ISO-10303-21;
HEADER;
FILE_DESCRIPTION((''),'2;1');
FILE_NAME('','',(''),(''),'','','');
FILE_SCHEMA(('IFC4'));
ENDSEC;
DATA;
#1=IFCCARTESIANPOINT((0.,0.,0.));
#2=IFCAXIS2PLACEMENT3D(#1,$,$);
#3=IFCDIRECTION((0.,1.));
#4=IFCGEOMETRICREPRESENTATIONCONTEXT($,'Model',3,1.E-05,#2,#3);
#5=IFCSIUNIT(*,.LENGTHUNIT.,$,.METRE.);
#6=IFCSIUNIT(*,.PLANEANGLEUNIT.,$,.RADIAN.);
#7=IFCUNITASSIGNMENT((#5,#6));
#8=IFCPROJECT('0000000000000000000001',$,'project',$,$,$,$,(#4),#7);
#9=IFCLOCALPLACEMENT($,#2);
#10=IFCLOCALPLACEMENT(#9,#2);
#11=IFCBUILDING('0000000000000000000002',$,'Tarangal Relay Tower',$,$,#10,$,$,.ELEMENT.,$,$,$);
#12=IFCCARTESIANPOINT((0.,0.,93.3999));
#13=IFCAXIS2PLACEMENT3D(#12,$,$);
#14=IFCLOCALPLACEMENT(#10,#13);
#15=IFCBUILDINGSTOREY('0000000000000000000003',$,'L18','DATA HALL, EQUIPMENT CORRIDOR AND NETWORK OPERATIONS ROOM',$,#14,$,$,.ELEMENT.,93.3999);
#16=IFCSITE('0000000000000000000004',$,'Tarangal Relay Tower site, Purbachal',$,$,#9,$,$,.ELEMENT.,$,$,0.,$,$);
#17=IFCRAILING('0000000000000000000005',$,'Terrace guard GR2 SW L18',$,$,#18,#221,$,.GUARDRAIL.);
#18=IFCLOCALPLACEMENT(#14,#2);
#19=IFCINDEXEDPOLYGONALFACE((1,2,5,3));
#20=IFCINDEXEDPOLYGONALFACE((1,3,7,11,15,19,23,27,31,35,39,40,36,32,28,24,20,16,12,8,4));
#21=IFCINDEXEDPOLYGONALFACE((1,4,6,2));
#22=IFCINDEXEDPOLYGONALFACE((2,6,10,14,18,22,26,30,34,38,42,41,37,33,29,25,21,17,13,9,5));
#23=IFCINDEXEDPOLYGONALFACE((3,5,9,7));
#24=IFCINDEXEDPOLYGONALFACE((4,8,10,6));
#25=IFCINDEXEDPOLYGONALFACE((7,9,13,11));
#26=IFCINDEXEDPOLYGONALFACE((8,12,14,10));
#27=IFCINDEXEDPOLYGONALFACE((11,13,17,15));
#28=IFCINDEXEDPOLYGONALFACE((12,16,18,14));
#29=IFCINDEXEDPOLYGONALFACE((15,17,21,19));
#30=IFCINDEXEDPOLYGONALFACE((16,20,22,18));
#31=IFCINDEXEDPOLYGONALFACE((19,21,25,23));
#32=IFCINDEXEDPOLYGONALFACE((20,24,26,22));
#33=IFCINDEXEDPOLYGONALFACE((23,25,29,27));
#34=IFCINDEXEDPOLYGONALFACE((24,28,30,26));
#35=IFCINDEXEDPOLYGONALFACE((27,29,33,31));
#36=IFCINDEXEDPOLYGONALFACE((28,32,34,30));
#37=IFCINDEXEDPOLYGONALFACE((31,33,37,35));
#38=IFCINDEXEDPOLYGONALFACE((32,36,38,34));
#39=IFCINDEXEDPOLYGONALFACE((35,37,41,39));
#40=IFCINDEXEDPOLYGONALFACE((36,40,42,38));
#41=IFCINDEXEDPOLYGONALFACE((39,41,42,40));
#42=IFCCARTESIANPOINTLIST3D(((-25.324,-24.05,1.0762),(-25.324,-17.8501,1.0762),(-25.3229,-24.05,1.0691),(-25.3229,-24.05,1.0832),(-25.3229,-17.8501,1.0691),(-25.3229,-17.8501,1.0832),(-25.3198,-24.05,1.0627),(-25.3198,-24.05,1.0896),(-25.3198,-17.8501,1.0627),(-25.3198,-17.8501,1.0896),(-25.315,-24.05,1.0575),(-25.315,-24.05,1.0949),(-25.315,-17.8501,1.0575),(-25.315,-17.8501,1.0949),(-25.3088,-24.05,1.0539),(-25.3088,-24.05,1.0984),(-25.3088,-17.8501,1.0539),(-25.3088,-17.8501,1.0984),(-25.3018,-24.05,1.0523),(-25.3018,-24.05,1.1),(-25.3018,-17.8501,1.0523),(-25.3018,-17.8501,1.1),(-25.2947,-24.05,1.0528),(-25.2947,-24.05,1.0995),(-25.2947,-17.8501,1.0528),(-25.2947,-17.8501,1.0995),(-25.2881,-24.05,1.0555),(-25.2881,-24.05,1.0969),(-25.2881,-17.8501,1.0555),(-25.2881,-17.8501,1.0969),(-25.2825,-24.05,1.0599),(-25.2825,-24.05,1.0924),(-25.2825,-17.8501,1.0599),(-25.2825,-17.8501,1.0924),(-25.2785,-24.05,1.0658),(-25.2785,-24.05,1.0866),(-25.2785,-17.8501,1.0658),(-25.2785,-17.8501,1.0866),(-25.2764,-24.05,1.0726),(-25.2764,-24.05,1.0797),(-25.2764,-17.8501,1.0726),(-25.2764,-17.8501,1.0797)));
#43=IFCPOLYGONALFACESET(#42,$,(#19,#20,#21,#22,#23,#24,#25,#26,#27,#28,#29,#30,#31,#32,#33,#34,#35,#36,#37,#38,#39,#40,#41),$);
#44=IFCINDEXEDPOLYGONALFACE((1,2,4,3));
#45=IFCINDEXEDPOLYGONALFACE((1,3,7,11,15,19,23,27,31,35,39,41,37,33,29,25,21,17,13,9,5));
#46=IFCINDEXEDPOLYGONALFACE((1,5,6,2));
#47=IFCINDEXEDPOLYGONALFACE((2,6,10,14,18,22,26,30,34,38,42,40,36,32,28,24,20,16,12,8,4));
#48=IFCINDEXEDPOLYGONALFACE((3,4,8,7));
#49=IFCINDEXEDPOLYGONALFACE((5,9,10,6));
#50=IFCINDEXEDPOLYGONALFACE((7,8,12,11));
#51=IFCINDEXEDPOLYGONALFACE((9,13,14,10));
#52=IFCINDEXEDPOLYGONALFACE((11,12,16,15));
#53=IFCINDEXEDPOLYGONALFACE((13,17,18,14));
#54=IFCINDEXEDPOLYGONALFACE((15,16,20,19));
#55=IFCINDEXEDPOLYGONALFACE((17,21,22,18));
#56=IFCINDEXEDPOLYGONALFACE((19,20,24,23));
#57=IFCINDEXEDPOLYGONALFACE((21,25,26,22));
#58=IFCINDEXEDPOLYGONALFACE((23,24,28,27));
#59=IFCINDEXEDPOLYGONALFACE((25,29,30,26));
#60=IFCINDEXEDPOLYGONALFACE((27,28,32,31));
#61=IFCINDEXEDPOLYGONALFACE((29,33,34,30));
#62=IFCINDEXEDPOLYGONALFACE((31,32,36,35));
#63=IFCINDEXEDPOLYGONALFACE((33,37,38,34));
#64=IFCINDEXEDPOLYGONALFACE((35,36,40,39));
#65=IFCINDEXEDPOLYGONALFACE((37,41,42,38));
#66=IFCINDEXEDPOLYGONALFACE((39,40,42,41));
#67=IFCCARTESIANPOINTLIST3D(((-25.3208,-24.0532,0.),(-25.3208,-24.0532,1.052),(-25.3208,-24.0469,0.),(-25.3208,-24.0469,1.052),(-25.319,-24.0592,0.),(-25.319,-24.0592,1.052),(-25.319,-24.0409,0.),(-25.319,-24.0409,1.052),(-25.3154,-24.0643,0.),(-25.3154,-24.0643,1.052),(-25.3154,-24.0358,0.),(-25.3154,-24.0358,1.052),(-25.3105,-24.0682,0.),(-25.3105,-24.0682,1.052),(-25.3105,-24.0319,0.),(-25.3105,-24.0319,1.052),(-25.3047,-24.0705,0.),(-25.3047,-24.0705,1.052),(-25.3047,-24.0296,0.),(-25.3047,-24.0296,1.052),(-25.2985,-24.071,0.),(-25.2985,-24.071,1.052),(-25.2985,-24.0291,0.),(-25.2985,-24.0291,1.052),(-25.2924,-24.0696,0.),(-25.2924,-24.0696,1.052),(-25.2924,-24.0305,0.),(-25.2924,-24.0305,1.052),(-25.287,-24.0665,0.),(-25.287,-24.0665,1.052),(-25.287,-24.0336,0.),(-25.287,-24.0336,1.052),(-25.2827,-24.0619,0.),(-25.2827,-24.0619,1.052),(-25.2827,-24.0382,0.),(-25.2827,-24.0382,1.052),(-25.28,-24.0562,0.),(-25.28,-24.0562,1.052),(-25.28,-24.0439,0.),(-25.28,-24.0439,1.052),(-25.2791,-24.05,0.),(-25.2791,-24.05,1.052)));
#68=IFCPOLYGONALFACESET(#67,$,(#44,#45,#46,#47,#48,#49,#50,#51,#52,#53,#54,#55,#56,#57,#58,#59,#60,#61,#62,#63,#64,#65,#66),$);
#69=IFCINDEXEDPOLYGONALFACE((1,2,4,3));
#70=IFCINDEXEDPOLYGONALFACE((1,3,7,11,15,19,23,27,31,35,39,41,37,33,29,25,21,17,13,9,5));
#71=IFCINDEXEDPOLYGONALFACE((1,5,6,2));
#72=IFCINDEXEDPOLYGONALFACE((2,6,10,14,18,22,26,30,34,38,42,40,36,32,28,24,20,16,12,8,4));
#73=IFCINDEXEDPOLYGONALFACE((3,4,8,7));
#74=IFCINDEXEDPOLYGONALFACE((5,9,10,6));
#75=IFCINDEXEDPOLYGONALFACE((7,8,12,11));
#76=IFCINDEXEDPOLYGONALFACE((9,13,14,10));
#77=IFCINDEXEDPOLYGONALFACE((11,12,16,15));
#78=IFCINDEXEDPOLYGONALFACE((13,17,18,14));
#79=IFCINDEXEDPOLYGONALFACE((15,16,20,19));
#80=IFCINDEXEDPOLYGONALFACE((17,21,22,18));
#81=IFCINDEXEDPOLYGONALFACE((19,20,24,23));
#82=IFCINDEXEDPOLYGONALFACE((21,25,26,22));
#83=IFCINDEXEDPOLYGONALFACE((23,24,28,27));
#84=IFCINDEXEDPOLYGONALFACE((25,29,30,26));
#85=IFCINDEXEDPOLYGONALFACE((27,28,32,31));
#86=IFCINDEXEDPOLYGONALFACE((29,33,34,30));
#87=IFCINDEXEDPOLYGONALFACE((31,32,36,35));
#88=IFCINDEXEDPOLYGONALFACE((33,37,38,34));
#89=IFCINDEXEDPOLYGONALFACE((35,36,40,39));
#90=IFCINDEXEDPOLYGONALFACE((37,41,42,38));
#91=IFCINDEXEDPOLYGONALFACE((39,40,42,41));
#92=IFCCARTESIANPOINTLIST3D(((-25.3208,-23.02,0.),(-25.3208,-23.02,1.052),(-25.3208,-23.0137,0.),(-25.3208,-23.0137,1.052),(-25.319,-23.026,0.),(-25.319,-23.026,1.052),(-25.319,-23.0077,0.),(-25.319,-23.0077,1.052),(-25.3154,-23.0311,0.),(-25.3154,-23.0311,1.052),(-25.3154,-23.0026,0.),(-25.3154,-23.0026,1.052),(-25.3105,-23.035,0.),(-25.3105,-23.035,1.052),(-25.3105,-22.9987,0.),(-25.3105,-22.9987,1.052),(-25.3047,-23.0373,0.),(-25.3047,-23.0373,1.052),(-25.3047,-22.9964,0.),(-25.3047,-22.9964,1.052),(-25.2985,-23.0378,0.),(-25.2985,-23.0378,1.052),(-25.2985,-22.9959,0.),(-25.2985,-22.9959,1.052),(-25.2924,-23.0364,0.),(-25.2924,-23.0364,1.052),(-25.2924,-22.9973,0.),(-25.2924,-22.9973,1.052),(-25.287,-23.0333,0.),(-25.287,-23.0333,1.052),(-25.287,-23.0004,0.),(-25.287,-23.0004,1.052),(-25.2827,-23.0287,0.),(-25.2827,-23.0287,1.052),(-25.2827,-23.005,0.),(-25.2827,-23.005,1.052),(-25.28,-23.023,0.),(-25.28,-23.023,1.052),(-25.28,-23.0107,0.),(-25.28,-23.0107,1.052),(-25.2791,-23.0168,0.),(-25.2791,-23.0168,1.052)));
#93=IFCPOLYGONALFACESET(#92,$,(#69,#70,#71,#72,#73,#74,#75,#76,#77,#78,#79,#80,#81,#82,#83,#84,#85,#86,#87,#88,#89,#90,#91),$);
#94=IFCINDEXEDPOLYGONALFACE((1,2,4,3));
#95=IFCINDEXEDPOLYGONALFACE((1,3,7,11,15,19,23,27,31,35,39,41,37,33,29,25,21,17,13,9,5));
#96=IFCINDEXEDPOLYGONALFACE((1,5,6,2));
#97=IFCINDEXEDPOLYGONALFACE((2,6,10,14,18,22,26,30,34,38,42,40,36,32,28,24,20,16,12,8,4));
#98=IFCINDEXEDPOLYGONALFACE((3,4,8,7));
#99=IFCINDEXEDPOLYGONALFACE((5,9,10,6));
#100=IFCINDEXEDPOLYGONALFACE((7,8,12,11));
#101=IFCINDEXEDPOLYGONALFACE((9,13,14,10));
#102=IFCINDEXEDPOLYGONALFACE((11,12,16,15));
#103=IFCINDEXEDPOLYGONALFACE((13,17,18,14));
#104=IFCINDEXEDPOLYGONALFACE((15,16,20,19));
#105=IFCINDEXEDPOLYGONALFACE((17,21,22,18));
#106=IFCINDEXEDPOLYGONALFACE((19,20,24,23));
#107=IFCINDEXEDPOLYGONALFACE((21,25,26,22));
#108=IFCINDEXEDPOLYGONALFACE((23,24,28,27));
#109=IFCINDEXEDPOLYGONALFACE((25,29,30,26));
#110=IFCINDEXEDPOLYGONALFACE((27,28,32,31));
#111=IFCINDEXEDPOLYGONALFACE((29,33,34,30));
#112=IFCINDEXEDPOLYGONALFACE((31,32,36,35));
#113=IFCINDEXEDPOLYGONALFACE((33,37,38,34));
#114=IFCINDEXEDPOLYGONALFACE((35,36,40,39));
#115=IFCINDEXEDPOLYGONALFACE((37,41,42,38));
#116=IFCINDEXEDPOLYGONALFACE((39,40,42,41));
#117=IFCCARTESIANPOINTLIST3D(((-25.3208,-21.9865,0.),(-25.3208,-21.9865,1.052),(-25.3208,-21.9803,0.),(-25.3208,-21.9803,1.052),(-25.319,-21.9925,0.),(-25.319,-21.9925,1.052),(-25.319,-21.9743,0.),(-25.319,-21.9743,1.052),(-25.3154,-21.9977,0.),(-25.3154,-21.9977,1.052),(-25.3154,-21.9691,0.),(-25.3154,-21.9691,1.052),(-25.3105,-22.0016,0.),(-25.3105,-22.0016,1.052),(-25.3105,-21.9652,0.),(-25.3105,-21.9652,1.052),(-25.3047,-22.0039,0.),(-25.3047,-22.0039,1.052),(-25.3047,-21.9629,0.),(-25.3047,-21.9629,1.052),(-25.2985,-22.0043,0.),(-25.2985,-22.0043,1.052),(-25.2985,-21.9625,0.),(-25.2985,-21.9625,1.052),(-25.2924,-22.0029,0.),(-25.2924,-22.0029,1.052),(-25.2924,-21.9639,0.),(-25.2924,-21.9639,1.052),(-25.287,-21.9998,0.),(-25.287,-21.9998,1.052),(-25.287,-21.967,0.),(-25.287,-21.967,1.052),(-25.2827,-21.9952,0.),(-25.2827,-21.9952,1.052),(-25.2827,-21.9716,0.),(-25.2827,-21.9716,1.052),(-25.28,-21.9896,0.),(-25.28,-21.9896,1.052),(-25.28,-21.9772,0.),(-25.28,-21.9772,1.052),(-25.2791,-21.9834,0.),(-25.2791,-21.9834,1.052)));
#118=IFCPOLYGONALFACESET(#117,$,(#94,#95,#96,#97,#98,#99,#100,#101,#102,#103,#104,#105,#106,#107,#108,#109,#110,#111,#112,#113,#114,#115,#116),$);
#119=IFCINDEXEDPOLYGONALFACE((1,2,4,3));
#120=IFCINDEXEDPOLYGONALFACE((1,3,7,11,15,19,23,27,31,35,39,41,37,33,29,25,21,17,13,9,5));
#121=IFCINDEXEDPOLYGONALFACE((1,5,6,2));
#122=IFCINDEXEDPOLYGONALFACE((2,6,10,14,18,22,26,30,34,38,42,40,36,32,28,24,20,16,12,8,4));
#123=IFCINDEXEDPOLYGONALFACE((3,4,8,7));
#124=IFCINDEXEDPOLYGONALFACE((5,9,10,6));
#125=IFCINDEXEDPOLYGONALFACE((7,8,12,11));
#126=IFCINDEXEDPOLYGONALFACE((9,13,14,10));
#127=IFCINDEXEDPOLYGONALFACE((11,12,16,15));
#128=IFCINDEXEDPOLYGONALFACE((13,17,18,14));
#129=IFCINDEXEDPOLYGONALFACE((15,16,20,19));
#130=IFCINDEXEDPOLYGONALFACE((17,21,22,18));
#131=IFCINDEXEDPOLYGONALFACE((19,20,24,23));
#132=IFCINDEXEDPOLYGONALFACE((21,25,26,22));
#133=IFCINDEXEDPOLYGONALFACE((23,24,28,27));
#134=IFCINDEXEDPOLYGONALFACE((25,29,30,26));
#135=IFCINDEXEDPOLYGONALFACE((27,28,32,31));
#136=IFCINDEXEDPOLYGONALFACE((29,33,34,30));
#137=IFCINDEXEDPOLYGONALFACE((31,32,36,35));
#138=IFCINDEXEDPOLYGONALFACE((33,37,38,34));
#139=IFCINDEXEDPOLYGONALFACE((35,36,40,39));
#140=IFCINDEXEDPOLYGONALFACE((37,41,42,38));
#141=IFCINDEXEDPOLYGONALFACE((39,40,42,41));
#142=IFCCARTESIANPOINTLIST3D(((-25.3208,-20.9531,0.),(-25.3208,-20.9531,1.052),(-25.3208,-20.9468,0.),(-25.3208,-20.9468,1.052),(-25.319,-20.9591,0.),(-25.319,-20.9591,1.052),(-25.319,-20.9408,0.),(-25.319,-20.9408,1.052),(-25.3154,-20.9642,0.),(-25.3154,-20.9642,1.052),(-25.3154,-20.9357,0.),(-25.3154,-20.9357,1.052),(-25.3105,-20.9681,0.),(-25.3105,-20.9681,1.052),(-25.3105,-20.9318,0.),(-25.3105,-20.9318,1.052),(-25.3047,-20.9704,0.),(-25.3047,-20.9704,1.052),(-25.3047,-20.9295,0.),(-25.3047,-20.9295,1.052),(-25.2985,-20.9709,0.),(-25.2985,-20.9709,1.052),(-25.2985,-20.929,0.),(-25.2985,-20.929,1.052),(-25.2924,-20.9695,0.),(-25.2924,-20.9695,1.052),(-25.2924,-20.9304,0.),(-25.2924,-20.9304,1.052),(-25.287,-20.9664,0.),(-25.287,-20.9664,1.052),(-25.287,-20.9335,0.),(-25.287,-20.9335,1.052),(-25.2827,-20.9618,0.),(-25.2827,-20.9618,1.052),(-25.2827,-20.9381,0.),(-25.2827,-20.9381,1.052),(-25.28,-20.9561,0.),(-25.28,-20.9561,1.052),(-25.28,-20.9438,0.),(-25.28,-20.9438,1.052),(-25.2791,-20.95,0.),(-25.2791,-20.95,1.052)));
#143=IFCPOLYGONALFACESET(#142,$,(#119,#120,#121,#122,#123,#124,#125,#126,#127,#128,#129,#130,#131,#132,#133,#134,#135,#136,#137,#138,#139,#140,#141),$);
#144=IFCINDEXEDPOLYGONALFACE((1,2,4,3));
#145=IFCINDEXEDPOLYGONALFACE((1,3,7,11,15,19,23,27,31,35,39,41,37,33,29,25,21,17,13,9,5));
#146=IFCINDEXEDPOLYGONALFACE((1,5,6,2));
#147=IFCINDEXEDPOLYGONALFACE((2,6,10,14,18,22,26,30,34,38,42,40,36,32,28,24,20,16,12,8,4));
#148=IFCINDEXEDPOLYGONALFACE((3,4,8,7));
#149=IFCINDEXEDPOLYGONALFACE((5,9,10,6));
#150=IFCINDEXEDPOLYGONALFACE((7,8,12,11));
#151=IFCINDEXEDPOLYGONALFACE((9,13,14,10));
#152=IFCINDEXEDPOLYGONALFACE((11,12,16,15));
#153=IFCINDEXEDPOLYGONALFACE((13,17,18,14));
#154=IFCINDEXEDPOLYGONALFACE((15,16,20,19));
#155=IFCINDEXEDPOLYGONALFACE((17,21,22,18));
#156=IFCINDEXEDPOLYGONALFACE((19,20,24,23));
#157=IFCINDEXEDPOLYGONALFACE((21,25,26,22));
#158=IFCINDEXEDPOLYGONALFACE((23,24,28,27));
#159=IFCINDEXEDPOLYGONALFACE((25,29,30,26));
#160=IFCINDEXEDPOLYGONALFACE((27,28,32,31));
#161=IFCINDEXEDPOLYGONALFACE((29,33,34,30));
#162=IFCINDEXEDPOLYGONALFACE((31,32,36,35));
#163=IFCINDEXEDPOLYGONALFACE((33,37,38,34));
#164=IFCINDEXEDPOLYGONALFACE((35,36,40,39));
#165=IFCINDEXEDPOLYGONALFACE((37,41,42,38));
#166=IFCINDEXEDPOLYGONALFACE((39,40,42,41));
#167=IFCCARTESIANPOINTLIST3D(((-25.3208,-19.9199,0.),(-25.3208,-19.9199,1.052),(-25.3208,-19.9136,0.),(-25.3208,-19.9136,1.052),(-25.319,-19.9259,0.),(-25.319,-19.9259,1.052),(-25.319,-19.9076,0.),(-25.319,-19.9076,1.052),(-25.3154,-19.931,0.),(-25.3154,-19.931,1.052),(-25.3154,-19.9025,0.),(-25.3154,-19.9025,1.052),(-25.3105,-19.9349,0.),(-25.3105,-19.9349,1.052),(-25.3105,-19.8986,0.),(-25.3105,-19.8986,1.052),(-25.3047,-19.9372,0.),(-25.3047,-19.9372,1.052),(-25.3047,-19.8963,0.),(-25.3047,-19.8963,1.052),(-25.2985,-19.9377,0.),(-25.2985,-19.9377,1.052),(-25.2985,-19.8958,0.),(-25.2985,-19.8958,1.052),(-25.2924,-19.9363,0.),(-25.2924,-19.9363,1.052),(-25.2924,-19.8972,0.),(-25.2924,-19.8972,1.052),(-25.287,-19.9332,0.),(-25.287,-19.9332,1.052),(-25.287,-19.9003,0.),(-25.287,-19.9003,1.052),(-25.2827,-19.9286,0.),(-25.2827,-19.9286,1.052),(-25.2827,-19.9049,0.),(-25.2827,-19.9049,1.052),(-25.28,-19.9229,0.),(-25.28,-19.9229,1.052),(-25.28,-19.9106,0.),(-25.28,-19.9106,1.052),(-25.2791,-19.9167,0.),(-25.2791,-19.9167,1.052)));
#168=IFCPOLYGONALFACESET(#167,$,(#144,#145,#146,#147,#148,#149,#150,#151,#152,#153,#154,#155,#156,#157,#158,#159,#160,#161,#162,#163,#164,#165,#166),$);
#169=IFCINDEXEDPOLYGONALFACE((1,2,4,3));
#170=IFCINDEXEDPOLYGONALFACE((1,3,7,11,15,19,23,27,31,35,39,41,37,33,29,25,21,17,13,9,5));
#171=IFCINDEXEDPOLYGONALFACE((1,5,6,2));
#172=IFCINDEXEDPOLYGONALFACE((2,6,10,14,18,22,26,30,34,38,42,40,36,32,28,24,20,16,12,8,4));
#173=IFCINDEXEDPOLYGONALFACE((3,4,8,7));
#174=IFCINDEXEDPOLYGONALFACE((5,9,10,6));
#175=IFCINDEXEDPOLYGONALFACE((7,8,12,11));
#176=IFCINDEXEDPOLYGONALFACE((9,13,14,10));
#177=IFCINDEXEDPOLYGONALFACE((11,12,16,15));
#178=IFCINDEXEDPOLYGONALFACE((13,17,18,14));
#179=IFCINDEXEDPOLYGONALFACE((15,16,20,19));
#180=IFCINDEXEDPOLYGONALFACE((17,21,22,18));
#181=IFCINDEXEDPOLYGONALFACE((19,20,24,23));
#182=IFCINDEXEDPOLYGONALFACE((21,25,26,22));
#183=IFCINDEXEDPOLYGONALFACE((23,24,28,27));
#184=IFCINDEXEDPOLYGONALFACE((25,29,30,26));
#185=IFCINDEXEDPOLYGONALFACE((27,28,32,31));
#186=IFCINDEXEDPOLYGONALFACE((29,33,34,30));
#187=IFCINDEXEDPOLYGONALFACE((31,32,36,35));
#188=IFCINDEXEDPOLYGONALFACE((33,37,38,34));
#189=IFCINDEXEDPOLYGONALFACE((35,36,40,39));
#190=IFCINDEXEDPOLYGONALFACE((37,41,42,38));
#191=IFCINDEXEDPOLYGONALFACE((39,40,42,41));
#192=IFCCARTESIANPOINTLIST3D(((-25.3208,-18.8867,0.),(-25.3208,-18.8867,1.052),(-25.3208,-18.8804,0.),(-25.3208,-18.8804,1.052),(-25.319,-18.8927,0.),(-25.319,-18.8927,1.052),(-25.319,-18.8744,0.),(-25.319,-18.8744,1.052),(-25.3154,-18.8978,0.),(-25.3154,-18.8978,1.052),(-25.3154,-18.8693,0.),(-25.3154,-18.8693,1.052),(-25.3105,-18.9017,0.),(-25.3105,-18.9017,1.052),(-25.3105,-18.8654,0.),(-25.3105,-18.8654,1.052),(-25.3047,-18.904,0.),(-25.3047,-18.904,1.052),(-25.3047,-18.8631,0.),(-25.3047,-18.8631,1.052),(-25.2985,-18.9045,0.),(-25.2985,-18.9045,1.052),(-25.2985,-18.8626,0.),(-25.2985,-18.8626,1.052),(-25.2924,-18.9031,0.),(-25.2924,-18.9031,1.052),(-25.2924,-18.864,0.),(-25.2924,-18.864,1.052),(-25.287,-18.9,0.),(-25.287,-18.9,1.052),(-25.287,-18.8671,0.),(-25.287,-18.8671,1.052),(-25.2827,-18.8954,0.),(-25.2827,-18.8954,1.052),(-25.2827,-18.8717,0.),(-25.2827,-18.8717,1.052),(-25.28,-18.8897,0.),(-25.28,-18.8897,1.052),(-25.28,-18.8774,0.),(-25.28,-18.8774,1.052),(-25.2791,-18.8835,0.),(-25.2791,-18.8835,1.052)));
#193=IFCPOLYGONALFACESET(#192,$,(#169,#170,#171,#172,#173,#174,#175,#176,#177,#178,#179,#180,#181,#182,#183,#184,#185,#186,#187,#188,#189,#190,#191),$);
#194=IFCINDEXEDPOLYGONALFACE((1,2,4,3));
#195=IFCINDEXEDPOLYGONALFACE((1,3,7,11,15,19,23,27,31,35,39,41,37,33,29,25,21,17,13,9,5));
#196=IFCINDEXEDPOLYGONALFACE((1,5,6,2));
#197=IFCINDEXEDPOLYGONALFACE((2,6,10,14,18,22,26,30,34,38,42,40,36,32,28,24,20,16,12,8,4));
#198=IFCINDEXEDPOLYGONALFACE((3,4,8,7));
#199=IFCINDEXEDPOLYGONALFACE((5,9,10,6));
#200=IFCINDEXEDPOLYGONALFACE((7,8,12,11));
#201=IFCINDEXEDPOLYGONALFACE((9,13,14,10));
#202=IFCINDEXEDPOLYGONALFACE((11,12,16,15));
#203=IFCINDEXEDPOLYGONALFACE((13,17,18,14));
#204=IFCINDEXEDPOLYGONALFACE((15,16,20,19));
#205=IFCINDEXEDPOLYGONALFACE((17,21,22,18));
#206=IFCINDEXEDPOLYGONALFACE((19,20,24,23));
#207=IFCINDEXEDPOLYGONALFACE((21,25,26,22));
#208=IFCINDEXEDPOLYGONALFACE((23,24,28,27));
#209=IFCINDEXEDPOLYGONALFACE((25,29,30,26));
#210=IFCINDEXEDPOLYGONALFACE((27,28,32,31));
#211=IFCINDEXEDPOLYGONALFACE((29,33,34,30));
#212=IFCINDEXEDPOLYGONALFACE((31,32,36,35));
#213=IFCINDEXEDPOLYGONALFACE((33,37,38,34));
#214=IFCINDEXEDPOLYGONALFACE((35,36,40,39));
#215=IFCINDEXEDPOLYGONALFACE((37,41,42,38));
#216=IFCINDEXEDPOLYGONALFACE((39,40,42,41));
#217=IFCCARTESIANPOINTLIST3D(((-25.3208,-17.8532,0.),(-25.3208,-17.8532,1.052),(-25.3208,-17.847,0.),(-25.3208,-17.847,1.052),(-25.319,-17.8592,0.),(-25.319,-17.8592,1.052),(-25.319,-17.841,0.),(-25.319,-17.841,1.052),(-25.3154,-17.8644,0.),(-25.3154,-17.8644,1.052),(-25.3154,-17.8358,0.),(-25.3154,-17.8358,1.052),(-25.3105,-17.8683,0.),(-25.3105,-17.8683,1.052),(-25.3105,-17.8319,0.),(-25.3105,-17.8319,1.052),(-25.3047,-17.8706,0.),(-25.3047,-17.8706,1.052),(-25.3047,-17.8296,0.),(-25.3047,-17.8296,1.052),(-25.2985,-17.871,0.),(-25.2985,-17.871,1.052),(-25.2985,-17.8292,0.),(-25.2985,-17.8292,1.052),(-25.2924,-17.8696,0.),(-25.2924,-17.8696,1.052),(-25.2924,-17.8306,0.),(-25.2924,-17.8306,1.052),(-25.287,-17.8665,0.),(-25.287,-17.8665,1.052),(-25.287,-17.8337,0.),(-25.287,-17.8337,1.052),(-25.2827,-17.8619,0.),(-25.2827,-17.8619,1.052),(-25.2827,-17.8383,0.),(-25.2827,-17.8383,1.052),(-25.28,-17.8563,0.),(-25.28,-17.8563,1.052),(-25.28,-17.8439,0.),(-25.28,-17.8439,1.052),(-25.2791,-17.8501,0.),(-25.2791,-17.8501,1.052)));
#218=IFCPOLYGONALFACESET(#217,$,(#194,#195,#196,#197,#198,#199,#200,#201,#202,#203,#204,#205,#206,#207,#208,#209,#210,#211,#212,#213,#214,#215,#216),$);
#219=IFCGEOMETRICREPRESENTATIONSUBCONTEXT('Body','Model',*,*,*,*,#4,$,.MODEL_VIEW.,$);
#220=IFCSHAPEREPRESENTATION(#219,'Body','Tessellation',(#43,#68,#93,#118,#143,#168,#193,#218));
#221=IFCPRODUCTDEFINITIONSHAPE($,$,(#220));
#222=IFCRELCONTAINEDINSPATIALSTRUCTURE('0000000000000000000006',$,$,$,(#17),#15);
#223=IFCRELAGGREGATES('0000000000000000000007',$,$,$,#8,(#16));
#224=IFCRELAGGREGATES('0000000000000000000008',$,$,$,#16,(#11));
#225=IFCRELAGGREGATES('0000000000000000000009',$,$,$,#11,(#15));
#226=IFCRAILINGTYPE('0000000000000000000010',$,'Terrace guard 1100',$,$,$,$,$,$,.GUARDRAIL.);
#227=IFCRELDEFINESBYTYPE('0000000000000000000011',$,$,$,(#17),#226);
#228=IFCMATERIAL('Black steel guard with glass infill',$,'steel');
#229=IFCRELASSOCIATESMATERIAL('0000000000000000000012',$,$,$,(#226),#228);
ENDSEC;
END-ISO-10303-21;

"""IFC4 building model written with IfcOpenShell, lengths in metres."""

from ifc_helpers import new_model, si_unit, direction, frame, origin, origin_2d, place, context, subcontext, project, spatial, circle, extrude, material, type_object, element, save


model = new_model("IFC4")

# Units and contexts
model_context = context("Model", 3, precision=1e-05, world=origin(), true_north=direction((0.0, 1.0)))
body_context = subcontext(model_context, "Body", "Model", "MODEL_VIEW")
ifc_project = project(units=[si_unit("LENGTHUNIT", "METRE"), si_unit("PLANEANGLEUNIT", "RADIAN")], contexts=[model_context])

# Site, building, storey
site_placement = place(None, origin())
site = spatial("IfcSite", under=ifc_project, at=site_placement, Name="Tarangal Relay Tower site, Purbachal", CompositionType="ELEMENT", RefElevation=0.0)
building_placement = place(site_placement, origin())
building = spatial("IfcBuilding", under=site, at=building_placement, Name="Tarangal Relay Tower", CompositionType="ELEMENT")
storey_placement = place(building_placement, frame((0.0, 0.0, 93.3999)))
storey = spatial("IfcBuildingStorey", under=building, at=storey_placement, Name="L18", Description="DATA HALL, EQUIPMENT CORRIDOR AND NETWORK OPERATIONS ROOM", CompositionType="ELEMENT", Elevation=93.3999)

# Railing
ifc_material_1 = material(Name="Black steel guard with glass infill", Category="steel")
railing_type = type_object("IfcRailingType", Name="Terrace guard 1100", PredefinedType="GUARDRAIL", material=ifc_material_1)
railing_1_placement = place(storey_placement, frame((-25.3, -24.05, 0.0)))
element("IfcRailing", 1, at=railing_1_placement, inside=storey, type_object=railing_type, Name="Terrace guard GR2 SW L18", PredefinedType="GUARDRAIL", context=body_context, shape_type="SweptSolid", body=[
    extrude(circle(Radius=0.0239, at=origin_2d()), frame((0.0, 0.0, 1.0762), z_axis=(0.0, 1.0, 0.0), x_axis=(-1.0, 0.0, 0.0)), (0.0, 0.0, 1.0), 6.2),
    extrude(circle(Radius=0.021, at=origin_2d()), origin(), (0.0, 0.0, 1.0), 1.052),
    extrude(circle(Radius=0.021, at=origin_2d()), frame((0.0, 1.0332, 0.0)), (0.0, 0.0, 1.0), 1.052),
    extrude(circle(Radius=0.021, at=origin_2d()), frame((0.0, 2.0667, 0.0)), (0.0, 0.0, 1.0), 1.052),
    extrude(circle(Radius=0.021, at=origin_2d()), frame((0.0, 3.1001, 0.0)), (0.0, 0.0, 1.0), 1.052),
    extrude(circle(Radius=0.021, at=origin_2d()), frame((0.0, 4.1333, 0.0)), (0.0, 0.0, 1.0), 1.052),
    extrude(circle(Radius=0.021, at=origin_2d()), frame((0.0, 5.1665, 0.0)), (0.0, 0.0, 1.0), 1.052),
    extrude(circle(Radius=0.021, at=origin_2d()), frame((0.0, 6.2, 0.0)), (0.0, 0.0, 1.0), 1.052),
])

save(model, "model.ifc")
